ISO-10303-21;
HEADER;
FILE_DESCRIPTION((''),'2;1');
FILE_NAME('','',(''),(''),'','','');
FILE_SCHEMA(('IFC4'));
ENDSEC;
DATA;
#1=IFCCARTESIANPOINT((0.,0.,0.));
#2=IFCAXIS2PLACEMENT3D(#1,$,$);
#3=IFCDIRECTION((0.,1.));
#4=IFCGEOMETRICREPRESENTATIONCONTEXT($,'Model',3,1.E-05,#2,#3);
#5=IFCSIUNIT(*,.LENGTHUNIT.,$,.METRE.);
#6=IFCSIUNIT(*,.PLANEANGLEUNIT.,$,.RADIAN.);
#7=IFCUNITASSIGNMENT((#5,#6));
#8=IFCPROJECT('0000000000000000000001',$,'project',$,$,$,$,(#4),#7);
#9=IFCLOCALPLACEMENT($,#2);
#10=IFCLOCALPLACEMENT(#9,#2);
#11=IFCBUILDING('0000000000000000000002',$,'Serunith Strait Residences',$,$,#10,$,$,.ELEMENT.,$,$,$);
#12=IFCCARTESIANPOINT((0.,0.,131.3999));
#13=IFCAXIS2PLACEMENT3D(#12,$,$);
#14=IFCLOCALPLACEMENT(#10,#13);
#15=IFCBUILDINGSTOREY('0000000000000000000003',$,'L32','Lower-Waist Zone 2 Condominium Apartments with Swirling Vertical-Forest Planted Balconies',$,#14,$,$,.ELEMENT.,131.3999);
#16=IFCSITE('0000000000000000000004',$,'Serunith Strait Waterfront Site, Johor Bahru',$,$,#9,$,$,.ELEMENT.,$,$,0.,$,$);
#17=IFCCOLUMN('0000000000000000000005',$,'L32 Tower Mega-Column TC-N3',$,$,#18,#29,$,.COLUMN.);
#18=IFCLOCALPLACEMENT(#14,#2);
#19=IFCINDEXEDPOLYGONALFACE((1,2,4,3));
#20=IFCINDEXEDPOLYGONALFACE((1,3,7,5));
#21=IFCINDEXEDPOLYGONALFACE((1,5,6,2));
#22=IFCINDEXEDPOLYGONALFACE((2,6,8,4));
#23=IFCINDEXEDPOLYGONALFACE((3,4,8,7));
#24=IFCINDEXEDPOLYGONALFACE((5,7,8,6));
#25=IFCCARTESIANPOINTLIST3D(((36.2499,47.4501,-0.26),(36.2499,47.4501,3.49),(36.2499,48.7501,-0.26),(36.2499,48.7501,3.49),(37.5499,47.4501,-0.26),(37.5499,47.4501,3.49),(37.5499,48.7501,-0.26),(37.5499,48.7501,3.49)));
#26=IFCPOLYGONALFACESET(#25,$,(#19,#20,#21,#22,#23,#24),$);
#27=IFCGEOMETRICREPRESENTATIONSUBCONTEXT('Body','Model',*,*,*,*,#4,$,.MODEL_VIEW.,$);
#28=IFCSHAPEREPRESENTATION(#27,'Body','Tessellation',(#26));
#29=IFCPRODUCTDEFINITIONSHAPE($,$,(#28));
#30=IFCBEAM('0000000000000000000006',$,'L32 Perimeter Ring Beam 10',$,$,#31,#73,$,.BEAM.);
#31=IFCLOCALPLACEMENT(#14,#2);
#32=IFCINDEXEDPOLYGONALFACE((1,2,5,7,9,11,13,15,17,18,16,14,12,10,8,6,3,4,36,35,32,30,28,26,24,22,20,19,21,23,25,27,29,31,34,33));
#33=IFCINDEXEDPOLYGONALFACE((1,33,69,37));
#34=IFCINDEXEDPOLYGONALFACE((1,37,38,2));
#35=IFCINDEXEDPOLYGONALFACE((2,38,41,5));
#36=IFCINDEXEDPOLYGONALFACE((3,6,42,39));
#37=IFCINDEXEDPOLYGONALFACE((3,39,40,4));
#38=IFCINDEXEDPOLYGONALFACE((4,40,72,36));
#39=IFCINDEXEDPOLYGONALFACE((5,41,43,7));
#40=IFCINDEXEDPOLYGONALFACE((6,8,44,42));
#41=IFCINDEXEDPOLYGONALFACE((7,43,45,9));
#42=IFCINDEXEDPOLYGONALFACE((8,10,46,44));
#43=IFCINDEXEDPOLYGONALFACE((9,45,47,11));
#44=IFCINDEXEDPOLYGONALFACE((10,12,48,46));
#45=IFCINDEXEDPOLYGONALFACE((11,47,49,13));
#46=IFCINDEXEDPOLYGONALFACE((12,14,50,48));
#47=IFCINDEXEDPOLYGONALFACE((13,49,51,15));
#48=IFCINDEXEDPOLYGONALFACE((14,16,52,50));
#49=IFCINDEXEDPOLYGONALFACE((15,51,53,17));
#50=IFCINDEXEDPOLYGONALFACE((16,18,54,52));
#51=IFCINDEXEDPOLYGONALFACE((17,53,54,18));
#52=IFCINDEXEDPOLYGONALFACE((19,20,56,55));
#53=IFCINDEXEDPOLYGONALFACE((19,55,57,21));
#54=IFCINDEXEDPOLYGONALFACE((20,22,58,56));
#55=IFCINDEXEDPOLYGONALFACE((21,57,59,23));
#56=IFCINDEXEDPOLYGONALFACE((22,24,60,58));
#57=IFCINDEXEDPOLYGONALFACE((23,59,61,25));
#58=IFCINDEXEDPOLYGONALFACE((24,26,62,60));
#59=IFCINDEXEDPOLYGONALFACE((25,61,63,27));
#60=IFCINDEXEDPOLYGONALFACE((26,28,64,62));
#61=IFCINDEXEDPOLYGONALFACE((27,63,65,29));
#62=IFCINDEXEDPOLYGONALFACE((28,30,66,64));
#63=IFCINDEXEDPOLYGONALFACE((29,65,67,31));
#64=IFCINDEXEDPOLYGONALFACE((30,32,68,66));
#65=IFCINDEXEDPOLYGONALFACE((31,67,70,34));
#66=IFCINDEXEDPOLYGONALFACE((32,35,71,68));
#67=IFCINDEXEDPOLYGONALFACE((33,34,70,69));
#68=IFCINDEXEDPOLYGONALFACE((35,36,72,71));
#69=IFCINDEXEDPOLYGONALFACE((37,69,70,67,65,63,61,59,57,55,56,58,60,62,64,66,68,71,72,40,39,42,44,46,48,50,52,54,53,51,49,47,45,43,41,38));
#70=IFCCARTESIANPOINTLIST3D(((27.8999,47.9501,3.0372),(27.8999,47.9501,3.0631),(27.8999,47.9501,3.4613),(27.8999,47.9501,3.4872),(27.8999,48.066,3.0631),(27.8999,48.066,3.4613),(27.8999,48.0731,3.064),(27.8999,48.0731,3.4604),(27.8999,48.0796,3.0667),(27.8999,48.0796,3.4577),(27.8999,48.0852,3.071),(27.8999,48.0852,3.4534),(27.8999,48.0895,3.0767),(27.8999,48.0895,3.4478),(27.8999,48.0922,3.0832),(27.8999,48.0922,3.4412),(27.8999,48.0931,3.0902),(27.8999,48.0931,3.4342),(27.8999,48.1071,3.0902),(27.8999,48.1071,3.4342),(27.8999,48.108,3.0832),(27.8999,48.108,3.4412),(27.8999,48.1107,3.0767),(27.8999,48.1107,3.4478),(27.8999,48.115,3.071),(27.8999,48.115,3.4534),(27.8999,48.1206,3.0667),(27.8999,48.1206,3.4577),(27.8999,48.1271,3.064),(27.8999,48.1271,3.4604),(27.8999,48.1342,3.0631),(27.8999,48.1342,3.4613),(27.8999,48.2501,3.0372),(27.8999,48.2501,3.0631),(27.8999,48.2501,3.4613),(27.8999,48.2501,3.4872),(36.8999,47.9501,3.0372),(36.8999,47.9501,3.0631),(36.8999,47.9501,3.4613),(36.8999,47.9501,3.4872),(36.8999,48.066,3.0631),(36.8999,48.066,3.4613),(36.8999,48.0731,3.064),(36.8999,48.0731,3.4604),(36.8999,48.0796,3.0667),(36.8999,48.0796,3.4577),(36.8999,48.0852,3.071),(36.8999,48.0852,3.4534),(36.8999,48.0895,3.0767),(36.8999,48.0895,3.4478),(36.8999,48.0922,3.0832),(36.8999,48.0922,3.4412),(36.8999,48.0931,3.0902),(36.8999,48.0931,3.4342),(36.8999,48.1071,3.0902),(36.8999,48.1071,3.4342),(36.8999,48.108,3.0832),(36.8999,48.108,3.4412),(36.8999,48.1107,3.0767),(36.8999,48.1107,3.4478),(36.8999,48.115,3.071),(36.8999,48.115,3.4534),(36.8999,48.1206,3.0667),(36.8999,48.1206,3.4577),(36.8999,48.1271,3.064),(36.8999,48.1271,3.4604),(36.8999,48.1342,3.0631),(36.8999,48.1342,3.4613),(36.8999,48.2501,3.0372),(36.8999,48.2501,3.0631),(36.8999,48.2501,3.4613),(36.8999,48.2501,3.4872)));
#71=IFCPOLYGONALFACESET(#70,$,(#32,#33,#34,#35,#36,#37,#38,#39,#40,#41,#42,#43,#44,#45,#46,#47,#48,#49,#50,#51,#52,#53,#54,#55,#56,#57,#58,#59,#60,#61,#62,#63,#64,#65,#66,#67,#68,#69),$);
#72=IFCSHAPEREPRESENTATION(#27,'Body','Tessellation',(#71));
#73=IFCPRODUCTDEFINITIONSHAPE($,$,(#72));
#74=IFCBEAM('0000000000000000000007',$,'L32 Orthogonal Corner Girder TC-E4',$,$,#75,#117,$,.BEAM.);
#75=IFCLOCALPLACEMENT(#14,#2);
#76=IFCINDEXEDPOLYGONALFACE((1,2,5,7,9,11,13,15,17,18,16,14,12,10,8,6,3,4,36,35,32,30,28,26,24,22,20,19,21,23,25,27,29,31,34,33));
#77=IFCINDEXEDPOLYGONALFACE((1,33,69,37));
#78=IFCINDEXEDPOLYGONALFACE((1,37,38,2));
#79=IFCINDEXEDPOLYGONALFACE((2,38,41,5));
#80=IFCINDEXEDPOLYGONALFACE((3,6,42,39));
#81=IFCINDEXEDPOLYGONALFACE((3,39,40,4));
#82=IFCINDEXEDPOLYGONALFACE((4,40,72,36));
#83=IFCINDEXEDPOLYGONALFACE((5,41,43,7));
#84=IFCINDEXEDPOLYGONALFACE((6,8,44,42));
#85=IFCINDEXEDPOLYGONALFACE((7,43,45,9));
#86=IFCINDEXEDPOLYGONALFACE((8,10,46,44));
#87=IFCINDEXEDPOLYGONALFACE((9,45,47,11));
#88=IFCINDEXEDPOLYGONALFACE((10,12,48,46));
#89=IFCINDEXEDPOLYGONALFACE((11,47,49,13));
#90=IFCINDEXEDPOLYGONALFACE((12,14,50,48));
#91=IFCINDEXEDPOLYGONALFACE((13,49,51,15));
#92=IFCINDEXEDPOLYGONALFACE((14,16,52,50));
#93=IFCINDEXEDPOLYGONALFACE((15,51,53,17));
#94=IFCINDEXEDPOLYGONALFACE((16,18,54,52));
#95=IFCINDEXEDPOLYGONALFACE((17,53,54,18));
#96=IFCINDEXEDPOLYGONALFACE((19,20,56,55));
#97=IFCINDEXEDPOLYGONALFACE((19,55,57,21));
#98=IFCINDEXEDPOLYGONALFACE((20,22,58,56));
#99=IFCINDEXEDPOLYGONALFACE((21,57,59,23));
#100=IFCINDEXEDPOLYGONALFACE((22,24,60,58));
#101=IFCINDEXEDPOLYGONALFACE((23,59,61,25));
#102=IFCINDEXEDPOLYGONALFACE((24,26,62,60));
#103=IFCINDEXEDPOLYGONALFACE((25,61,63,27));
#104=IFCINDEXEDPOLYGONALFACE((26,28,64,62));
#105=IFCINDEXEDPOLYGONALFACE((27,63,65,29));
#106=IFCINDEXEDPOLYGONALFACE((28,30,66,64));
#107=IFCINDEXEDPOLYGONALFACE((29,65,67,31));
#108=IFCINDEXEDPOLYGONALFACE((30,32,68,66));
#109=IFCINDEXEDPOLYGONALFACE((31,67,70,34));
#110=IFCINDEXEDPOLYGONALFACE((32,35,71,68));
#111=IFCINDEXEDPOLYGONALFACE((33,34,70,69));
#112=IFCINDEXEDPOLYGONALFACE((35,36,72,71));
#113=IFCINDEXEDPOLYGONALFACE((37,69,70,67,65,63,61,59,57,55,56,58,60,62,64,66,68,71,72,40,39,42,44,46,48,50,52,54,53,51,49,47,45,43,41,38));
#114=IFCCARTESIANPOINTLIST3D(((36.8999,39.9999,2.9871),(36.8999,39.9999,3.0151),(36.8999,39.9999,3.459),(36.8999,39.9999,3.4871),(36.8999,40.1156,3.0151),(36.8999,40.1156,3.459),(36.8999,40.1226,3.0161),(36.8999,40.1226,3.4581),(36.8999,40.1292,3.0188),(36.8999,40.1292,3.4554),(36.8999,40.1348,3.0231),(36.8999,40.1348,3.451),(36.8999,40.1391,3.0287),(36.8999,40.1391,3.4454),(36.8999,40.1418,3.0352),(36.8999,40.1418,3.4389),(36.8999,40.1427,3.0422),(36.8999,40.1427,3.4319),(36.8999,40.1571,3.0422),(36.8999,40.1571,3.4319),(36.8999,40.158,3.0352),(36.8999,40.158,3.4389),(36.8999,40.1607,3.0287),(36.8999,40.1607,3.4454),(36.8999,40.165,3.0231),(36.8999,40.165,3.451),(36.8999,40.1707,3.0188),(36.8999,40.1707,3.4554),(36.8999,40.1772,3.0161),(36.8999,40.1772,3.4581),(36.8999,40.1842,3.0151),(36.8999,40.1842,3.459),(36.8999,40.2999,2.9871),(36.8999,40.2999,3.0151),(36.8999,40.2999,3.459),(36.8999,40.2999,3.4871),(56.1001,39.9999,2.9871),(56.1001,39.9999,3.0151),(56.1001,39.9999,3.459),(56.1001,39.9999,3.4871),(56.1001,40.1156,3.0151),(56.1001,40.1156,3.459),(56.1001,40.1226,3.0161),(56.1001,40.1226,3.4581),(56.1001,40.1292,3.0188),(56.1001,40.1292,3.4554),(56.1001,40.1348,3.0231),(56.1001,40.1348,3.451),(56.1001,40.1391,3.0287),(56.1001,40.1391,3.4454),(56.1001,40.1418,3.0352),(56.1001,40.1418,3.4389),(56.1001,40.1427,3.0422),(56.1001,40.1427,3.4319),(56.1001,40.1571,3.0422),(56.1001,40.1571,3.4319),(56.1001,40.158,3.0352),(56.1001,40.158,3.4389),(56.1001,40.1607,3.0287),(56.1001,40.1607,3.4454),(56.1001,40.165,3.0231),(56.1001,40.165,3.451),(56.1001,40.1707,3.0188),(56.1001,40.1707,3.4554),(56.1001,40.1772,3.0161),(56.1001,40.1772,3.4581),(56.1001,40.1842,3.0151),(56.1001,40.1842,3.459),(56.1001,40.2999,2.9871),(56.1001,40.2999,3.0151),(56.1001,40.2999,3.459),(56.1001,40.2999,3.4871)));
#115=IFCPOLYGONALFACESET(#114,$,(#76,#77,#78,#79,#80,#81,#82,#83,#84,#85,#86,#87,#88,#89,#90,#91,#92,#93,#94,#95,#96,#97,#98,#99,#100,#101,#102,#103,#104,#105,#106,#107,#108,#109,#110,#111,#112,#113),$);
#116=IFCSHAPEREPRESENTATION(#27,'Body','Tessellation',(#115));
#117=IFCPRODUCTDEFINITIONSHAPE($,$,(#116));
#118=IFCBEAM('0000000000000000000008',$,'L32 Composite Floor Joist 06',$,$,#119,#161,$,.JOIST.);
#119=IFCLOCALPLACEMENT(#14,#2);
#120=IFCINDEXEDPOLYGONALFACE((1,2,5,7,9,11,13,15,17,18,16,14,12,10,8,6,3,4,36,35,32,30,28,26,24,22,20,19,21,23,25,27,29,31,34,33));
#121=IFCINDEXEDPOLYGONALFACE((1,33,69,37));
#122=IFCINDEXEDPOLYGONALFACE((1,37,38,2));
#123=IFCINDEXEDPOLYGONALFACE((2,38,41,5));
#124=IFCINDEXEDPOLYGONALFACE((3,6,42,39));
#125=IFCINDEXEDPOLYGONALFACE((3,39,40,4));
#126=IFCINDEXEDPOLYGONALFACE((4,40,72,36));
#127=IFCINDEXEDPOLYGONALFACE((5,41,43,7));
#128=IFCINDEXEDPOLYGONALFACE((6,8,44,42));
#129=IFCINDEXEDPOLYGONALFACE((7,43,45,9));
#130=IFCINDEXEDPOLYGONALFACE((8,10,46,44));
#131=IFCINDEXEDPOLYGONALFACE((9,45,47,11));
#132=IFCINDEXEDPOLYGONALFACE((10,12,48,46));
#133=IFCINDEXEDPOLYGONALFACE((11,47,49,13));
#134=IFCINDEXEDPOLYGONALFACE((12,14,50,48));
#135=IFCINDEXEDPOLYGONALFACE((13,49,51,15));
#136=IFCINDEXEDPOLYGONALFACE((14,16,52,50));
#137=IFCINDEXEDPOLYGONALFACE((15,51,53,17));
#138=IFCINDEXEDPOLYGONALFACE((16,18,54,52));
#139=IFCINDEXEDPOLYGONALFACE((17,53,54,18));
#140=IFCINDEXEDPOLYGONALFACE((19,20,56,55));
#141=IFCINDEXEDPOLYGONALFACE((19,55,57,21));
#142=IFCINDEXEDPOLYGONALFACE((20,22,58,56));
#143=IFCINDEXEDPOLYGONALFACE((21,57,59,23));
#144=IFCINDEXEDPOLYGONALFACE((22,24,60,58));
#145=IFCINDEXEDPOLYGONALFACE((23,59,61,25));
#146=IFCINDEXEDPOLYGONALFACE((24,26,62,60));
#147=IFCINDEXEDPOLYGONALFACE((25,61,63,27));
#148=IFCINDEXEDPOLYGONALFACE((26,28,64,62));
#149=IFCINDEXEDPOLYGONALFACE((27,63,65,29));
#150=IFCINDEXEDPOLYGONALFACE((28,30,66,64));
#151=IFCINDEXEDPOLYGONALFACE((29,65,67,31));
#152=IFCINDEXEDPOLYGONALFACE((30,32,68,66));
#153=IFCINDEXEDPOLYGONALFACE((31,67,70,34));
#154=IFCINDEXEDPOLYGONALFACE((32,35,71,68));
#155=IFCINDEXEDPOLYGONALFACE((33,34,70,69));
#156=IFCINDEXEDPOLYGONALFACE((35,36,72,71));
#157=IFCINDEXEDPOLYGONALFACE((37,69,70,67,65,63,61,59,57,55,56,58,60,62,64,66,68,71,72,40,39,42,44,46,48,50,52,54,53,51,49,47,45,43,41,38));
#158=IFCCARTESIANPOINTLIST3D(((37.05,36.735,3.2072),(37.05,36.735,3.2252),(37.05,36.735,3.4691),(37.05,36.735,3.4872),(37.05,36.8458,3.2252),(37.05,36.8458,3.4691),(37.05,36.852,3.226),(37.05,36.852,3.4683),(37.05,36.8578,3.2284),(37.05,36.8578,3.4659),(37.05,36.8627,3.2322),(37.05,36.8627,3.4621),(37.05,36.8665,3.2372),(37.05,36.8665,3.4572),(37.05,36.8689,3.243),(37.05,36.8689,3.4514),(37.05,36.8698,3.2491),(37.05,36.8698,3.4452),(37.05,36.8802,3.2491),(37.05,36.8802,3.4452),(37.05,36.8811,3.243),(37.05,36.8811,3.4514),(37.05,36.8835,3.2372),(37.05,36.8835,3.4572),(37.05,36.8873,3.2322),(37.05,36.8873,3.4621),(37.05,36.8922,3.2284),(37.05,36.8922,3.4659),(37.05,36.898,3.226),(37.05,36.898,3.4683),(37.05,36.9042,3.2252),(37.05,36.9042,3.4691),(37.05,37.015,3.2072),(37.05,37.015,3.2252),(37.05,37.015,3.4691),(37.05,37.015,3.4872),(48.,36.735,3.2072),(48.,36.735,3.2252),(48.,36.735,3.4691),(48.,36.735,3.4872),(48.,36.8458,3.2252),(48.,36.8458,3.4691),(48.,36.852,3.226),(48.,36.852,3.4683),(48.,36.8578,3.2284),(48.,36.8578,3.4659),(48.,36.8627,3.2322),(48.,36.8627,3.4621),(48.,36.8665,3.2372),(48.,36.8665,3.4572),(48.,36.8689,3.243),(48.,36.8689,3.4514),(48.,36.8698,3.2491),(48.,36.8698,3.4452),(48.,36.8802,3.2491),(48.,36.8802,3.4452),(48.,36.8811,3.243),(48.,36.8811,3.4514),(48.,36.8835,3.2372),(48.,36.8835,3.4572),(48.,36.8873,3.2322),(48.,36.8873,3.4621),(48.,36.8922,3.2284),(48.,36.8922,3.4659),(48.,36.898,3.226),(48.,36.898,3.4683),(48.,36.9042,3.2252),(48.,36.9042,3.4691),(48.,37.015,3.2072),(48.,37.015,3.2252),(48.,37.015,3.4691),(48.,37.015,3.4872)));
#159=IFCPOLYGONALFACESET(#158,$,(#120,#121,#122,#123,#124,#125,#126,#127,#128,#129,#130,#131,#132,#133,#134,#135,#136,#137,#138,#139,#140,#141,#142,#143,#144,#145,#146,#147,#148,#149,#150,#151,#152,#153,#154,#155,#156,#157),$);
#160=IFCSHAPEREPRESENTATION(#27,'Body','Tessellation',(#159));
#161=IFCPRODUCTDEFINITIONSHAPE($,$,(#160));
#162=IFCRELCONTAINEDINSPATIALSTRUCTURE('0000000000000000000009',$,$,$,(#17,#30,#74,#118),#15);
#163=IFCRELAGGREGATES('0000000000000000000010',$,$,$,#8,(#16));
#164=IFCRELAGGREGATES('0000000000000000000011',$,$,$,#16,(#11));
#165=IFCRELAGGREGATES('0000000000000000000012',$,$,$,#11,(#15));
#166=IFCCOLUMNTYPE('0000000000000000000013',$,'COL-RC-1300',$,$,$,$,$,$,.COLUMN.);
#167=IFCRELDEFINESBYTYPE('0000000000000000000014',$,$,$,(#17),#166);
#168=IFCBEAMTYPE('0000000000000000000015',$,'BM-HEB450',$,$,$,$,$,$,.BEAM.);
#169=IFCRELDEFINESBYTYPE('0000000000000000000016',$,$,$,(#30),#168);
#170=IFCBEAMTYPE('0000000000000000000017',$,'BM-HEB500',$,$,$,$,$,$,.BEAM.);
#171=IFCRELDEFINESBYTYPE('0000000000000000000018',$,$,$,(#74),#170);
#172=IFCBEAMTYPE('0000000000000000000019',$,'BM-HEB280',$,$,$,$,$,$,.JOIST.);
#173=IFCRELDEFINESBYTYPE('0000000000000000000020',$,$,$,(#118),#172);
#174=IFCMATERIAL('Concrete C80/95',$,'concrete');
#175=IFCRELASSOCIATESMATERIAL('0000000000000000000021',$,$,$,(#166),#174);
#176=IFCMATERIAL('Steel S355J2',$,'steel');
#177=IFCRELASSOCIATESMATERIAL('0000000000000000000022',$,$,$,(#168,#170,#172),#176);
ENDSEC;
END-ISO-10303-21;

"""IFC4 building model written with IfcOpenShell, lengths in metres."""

from ifc_helpers import new_model, si_unit, direction, frame, origin, origin_2d, place, context, subcontext, project, spatial, rectangle, i_section, extrude, source, transform, mapped, material, material_profile, profile_set, type_object, element, save


model = new_model("IFC4")

# Units and contexts
model_context = context("Model", 3, precision=1e-05, world=origin(), true_north=direction((0.0, 1.0)))
body_context = subcontext(model_context, "Body", "Model", "MODEL_VIEW")
ifc_project = project(units=[si_unit("LENGTHUNIT", "METRE"), si_unit("PLANEANGLEUNIT", "RADIAN")], contexts=[model_context])

# Site, building, storey
site_placement = place(None, origin())
site = spatial("IfcSite", under=ifc_project, at=site_placement, Name="Serunith Strait Waterfront Site, Johor Bahru", CompositionType="ELEMENT", RefElevation=0.0)
building_placement = place(site_placement, origin())
building = spatial("IfcBuilding", under=site, at=building_placement, Name="Serunith Strait Residences", CompositionType="ELEMENT")
storey_placement = place(building_placement, frame((0.0, 0.0, 131.3999)))
storey = spatial("IfcBuildingStorey", under=building, at=storey_placement, Name="L32", Description="Lower-Waist Zone 2 Condominium Apartments with Swirling Vertical-Forest Planted Balconies", CompositionType="ELEMENT", Elevation=131.3999)

# Column
ifc_material_1 = material(Name="Concrete C80/95", Category="concrete")
ifc_material_profile_1 = material_profile(ifc_material_1, rectangle(XDim=1.3, YDim=1.3, at=origin_2d()), Name="RC 1300x1300")
ifc_profile_set_1 = profile_set([ifc_material_profile_1], Name="Concrete C80/95")
column_type = type_object("IfcColumnType", Name="COL-RC-1300", PredefinedType="COLUMN", material=ifc_profile_set_1)
shared_shape_1 = source(origin(), body_context, "Body", "SweptSolid", [
    extrude(rectangle(XDim=1.3, YDim=1.3, at=origin_2d()), origin(), (0.0, 0.0, 1.0), 3.75),
])
column_placement = place(storey_placement, frame((36.8999, 48.1001, -0.26), z_axis=(0.0, 0.0, 1.0), x_axis=(1.0, 0.0, 0.0)))
element("IfcColumn", 1, at=column_placement, inside=storey, type_object=column_type, Name="L32 Tower Mega-Column TC-N3", PredefinedType="COLUMN", context=body_context, shape_type="MappedRepresentation", body=[
    mapped(shared_shape_1, transform((0.0, 0.0, 0.0), scale=1.0)),
])

# Beams
ifc_material_2 = material(Name="Steel S355J2", Category="steel")
ifc_material_profile_2 = material_profile(ifc_material_2, i_section(OverallWidth=0.3, OverallDepth=0.45, WebThickness=0.0139, FlangeThickness=0.0259, FilletRadius=0.0271, at=origin_2d()), Name="HEB 450")
ifc_profile_set_2 = profile_set([ifc_material_profile_2], Name="Steel S355J2")
beam_type_1 = type_object("IfcBeamType", Name="BM-HEB450", PredefinedType="BEAM", material=ifc_profile_set_2)
shared_shape_2 = source(origin(), body_context, "Body", "SweptSolid", [
    extrude(i_section(OverallWidth=0.3, OverallDepth=0.45, WebThickness=0.0139, FlangeThickness=0.0259, FilletRadius=0.0271, at=origin_2d()), origin(), (0.0, 0.0, 1.0), 9.0),
])
beam_1_placement = place(storey_placement, frame((36.8999, 48.1001, 3.2622), z_axis=(-1.0, 0.0, 0.0), x_axis=(0.0, -1.0, 0.0)))
element("IfcBeam", 2, at=beam_1_placement, inside=storey, type_object=beam_type_1, Name="L32 Perimeter Ring Beam 10", PredefinedType="BEAM", context=body_context, shape_type="MappedRepresentation", body=[
    mapped(shared_shape_2, transform((0.0, 0.0, 0.0), scale=1.0)),
])
ifc_material_profile_3 = material_profile(ifc_material_2, i_section(OverallWidth=0.3, OverallDepth=0.5, WebThickness=0.0144, FlangeThickness=0.0281, FilletRadius=0.0271, at=origin_2d()), Name="HEB 500")
ifc_profile_set_3 = profile_set([ifc_material_profile_3], Name="Steel S355J2")
beam_type_2 = type_object("IfcBeamType", Name="BM-HEB500", PredefinedType="BEAM", material=ifc_profile_set_3)
shared_shape_3 = source(origin(), body_context, "Body", "SweptSolid", [
    extrude(i_section(OverallWidth=0.3, OverallDepth=0.5, WebThickness=0.0144, FlangeThickness=0.0281, FilletRadius=0.0271, at=origin_2d()), origin(), (0.0, 0.0, 1.0), 19.2002),
])
beam_2_placement = place(storey_placement, frame((36.8999, 40.1499, 3.2371), z_axis=(1.0, 0.0, 0.0), x_axis=(0.0, 1.0, 0.0)))
element("IfcBeam", 3, at=beam_2_placement, inside=storey, type_object=beam_type_2, Name="L32 Orthogonal Corner Girder TC-E4", PredefinedType="BEAM", context=body_context, shape_type="MappedRepresentation", body=[
    mapped(shared_shape_3, transform((0.0, 0.0, 0.0), scale=1.0)),
])
ifc_material_profile_4 = material_profile(ifc_material_2, i_section(OverallWidth=0.28, OverallDepth=0.28, WebThickness=0.0105, FlangeThickness=0.0181, FilletRadius=0.0239, at=origin_2d()), Name="HEB 280")
ifc_profile_set_4 = profile_set([ifc_material_profile_4], Name="Steel S355J2")
beam_type_3 = type_object("IfcBeamType", Name="BM-HEB280", PredefinedType="JOIST", material=ifc_profile_set_4)
shared_shape_4 = source(origin(), body_context, "Body", "SweptSolid", [
    extrude(i_section(OverallWidth=0.28, OverallDepth=0.28, WebThickness=0.0105, FlangeThickness=0.0181, FilletRadius=0.0239, at=origin_2d()), origin(), (0.0, 0.0, 1.0), 10.95),
])
beam_3_placement = place(storey_placement, frame((37.05, 36.875, 3.3472), z_axis=(1.0, 0.0, 0.0), x_axis=(0.0, 1.0, 0.0)))
element("IfcBeam", 4, at=beam_3_placement, inside=storey, type_object=beam_type_3, Name="L32 Composite Floor Joist 06", PredefinedType="JOIST", context=body_context, shape_type="MappedRepresentation", body=[
    mapped(shared_shape_4, transform((0.0, 0.0, 0.0), scale=1.0)),
])

save(model, "model.ifc")
